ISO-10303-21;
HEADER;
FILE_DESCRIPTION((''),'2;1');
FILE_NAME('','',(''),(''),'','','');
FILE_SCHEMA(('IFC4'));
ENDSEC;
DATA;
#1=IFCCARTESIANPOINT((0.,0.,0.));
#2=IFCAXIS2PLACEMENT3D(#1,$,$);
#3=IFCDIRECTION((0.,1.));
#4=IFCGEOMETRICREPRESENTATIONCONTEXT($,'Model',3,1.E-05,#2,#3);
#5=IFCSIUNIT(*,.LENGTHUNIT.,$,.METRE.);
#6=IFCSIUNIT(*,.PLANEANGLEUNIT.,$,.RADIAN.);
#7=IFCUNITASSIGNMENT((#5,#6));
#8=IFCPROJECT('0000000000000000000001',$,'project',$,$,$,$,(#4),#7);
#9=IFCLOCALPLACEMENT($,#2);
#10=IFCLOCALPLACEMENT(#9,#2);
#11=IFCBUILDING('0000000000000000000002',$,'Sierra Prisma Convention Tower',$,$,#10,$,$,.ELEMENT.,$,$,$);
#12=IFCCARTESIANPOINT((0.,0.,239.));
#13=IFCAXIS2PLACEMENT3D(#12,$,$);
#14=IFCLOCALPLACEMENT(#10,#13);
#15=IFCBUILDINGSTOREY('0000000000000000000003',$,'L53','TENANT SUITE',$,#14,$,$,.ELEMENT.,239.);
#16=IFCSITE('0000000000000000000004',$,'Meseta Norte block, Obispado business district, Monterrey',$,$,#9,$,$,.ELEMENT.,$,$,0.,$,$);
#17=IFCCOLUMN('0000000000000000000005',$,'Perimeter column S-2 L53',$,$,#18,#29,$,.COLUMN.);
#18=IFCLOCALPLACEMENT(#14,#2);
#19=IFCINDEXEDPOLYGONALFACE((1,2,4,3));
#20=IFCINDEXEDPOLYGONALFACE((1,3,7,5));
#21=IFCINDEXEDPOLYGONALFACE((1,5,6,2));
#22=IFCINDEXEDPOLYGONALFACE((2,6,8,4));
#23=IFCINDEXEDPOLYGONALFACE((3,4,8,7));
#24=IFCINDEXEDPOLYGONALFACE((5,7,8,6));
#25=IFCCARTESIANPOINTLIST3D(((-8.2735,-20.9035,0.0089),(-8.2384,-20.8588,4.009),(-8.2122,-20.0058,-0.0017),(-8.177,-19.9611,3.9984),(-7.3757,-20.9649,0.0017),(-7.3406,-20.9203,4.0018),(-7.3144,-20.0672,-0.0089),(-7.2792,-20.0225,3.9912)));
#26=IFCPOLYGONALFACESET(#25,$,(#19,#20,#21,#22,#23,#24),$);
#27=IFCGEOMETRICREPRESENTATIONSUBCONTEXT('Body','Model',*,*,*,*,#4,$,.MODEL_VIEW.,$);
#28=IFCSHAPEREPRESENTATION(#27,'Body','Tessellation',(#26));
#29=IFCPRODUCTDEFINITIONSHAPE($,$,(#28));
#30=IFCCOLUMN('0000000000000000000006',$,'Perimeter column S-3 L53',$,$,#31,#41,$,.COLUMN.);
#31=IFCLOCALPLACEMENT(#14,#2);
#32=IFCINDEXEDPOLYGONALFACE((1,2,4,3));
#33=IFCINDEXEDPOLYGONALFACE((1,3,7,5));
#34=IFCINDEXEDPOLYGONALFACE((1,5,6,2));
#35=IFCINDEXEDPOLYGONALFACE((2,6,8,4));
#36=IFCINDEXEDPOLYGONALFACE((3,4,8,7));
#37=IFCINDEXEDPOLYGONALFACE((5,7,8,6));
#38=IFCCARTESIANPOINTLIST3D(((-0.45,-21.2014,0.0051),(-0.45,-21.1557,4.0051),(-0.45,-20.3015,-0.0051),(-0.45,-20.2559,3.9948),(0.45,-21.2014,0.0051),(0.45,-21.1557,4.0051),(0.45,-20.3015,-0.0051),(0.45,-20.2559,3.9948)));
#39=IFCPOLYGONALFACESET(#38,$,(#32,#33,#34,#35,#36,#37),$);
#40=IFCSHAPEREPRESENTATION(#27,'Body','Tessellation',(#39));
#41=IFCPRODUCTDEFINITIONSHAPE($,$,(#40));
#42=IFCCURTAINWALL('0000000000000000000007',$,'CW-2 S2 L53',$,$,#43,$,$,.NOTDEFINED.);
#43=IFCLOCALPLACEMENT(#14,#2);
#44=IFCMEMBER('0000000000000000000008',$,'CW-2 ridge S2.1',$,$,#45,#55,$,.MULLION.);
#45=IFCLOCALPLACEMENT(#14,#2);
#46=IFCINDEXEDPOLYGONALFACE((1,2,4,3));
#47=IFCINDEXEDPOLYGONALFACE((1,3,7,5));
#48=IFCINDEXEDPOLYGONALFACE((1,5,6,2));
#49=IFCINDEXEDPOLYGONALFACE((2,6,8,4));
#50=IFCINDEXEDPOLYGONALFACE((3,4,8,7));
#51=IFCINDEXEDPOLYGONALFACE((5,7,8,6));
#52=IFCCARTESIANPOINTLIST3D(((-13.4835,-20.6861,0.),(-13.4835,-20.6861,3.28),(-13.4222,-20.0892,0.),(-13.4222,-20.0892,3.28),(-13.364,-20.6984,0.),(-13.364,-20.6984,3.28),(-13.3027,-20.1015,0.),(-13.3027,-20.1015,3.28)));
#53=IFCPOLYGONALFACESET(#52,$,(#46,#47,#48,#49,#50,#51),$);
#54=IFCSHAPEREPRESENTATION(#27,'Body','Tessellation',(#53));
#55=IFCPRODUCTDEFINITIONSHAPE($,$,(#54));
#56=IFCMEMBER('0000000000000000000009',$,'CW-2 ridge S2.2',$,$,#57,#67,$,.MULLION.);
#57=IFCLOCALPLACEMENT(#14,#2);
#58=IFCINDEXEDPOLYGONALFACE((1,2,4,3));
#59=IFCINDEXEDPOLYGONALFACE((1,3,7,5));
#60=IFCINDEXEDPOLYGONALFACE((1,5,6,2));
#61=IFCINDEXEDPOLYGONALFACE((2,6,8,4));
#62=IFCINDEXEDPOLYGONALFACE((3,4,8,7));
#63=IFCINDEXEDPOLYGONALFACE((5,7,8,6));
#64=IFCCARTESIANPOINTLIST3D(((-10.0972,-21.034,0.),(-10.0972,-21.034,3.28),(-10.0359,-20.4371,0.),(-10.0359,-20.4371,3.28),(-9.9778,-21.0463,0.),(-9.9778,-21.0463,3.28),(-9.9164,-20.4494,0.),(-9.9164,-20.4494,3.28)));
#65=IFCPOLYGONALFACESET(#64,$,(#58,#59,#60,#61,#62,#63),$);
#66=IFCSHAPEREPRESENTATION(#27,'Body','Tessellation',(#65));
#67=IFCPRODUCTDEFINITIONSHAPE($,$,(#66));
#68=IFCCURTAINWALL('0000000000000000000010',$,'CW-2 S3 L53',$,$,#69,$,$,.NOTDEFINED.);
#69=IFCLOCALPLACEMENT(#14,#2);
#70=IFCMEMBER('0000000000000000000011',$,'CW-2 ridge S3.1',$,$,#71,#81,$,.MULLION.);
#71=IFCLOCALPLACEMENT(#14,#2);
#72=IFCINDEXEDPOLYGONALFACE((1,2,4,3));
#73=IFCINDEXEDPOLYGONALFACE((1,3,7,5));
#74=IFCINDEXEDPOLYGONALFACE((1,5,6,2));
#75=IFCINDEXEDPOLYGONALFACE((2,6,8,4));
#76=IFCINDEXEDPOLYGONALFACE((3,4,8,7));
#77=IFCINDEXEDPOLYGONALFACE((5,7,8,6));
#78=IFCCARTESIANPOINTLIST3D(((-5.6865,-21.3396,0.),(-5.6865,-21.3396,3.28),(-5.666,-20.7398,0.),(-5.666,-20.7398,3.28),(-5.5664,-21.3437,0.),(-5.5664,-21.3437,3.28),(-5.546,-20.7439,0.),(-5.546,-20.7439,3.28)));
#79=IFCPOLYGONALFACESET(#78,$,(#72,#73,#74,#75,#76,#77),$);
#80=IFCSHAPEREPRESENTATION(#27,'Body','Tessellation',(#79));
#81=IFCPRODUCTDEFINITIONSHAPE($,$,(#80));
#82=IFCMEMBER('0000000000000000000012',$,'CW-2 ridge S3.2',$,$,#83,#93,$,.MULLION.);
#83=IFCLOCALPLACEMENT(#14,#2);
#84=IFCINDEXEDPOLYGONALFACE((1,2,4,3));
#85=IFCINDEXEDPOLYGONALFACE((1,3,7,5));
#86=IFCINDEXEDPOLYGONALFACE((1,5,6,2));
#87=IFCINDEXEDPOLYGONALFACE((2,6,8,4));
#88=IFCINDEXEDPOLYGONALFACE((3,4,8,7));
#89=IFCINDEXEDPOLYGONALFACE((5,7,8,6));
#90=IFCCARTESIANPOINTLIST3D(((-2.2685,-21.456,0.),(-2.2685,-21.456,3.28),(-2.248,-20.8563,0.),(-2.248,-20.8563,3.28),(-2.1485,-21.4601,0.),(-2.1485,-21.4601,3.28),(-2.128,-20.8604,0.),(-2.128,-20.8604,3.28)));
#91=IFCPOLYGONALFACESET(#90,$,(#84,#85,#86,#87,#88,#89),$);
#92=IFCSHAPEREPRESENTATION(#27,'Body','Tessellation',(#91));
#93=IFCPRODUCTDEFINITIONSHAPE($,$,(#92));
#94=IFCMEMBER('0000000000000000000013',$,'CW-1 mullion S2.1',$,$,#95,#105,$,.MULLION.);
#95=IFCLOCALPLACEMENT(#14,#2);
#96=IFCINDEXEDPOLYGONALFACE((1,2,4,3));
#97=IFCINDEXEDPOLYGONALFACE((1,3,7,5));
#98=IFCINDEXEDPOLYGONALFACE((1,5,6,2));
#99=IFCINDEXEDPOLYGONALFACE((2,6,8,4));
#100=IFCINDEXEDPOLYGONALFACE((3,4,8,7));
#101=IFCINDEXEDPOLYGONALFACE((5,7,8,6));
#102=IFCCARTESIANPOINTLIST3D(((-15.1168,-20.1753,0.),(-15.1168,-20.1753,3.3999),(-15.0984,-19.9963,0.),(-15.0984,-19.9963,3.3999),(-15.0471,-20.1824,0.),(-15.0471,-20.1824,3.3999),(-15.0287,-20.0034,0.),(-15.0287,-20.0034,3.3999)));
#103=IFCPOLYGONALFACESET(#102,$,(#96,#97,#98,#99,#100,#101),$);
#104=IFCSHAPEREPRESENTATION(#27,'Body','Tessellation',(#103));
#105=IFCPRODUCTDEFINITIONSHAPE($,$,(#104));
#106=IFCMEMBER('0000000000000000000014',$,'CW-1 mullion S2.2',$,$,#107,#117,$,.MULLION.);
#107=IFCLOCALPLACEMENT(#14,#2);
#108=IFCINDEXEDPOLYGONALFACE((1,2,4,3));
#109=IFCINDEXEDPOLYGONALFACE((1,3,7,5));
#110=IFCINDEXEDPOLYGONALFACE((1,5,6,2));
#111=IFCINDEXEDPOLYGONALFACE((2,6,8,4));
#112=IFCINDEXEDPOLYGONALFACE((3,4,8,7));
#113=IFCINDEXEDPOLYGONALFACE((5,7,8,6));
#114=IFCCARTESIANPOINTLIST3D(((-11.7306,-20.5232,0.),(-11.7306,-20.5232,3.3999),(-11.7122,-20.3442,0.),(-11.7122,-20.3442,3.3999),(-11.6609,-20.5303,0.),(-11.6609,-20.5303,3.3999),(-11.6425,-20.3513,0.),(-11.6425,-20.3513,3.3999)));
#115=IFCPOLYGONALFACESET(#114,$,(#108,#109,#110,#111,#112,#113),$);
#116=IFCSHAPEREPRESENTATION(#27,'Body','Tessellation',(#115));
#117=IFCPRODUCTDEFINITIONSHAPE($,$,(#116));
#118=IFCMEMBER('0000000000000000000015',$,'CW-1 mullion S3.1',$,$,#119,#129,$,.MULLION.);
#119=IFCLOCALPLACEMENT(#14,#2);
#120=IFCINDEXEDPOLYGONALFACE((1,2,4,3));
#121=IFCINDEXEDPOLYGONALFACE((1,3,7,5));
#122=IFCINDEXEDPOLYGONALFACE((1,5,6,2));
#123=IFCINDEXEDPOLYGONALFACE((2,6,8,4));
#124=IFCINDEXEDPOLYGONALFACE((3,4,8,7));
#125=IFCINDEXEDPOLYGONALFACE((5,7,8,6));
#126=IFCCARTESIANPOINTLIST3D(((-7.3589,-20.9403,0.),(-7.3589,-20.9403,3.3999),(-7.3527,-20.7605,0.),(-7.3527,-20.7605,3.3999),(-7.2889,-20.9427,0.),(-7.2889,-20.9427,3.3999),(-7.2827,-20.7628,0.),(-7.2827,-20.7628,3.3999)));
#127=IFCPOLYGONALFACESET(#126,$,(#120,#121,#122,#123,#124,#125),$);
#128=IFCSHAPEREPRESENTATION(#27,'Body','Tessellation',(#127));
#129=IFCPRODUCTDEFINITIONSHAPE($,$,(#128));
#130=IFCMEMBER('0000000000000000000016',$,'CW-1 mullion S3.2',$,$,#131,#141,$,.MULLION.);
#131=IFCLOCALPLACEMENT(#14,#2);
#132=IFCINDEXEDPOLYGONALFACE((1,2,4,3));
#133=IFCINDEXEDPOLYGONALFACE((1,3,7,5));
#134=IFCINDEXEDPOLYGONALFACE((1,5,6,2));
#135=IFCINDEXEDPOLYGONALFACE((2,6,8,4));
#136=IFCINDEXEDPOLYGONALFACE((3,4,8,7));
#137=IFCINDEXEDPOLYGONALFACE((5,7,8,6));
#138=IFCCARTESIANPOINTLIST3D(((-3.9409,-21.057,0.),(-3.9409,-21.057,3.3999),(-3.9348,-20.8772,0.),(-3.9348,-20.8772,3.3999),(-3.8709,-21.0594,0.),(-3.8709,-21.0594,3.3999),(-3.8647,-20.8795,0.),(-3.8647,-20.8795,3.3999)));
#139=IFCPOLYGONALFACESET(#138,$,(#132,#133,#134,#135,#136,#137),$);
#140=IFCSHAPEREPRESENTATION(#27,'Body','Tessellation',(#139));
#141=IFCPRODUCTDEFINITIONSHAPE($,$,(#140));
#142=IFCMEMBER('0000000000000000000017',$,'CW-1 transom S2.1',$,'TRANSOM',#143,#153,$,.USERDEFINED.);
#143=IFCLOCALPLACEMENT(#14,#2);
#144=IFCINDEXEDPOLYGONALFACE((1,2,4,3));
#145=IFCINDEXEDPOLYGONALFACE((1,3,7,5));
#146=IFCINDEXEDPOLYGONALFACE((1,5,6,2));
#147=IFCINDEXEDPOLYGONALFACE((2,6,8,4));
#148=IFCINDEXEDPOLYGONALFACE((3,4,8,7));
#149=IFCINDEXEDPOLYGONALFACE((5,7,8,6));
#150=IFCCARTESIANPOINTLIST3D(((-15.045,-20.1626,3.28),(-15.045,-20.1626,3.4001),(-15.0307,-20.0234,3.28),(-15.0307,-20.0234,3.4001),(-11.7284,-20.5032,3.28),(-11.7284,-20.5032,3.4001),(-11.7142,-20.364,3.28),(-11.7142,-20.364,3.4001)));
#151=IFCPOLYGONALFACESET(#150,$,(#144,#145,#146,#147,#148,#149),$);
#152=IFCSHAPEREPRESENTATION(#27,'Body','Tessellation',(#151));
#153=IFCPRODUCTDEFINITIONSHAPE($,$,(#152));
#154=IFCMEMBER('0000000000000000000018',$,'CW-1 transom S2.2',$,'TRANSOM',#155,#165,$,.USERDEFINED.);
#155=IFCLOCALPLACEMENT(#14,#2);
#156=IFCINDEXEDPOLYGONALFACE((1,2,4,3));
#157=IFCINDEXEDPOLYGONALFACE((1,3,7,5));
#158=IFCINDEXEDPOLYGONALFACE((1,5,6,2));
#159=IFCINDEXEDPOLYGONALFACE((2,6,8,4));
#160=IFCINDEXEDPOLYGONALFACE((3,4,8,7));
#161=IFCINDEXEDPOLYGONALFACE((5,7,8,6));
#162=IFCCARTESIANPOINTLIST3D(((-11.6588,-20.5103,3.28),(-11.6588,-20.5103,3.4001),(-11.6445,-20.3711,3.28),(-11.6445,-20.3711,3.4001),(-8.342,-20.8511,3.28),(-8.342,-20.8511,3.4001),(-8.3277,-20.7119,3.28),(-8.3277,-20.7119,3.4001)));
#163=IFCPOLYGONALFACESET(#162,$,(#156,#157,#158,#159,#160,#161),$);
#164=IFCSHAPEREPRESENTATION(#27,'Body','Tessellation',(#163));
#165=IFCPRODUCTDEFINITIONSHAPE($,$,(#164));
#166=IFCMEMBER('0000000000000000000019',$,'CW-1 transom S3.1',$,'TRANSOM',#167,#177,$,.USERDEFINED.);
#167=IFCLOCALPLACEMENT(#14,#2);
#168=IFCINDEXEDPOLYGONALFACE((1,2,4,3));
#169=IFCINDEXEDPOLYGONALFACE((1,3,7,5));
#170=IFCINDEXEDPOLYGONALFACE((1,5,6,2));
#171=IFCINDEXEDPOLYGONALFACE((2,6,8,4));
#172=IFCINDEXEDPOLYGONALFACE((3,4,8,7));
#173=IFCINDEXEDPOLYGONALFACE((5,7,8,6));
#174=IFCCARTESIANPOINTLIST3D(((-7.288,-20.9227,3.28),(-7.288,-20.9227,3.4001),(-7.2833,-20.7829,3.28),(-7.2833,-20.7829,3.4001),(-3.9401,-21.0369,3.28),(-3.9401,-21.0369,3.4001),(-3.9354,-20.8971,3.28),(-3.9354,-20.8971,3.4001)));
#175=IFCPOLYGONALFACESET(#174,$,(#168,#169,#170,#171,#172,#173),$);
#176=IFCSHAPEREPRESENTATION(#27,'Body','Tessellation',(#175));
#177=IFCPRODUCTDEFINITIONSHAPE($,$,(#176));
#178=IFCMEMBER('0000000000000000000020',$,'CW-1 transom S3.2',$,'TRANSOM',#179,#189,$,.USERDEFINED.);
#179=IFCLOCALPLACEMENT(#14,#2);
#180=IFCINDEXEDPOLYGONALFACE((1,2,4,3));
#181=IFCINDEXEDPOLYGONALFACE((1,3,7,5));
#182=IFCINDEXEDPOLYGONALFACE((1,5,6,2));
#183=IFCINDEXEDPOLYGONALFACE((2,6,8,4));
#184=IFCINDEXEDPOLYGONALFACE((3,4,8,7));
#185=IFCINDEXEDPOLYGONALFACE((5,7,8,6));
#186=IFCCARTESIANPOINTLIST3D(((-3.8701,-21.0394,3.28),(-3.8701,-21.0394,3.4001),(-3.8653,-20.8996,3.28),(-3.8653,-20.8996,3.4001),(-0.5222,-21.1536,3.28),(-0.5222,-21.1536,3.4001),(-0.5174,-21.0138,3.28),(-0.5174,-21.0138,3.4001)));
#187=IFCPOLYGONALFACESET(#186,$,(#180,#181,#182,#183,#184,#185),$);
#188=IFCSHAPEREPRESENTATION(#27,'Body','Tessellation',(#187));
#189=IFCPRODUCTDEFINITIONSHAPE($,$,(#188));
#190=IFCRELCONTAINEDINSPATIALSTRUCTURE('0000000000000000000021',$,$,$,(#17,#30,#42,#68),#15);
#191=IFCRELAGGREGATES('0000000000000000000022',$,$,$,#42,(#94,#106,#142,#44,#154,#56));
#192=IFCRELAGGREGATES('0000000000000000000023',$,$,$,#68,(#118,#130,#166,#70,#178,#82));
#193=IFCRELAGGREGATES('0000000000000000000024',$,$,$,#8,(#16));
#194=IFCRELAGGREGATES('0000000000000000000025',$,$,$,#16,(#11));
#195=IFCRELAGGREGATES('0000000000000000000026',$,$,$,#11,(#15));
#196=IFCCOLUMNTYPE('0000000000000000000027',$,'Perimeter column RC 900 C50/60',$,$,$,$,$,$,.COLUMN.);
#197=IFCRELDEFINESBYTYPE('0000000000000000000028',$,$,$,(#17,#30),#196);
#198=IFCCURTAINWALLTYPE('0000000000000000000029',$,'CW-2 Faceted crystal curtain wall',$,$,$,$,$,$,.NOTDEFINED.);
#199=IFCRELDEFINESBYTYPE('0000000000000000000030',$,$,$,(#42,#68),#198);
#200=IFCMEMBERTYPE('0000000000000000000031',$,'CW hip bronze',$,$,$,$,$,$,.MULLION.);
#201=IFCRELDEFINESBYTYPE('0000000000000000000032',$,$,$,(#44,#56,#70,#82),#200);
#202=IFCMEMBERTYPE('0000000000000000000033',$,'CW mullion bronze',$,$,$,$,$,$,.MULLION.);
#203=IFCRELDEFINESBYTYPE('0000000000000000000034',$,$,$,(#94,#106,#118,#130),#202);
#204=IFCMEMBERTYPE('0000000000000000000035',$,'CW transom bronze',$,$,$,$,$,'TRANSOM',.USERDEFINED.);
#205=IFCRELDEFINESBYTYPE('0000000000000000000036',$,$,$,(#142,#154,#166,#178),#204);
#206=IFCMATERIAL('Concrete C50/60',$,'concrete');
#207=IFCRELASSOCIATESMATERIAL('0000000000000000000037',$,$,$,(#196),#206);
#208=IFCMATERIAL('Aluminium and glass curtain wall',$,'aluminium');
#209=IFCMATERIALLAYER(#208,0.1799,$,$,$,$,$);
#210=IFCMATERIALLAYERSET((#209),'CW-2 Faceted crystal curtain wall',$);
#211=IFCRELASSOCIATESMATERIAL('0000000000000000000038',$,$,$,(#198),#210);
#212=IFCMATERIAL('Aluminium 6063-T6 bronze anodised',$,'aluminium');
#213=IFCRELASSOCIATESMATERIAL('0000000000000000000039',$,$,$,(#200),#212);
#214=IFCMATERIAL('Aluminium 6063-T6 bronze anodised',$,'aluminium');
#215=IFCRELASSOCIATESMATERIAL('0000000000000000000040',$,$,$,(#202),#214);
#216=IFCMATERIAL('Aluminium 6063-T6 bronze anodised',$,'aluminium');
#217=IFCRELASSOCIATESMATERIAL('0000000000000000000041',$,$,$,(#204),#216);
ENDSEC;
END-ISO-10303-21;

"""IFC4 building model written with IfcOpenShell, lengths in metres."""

from ifc_helpers import new_model, si_unit, direction, frame, origin, origin_2d, place, context, subcontext, project, spatial, rectangle, extrude, material, layer, layer_set, material_profile, profile_set, type_object, element, aggregate, save


model = new_model("IFC4")

# Units and contexts
model_context = context("Model", 3, precision=1e-05, world=origin(), true_north=direction((0.0, 1.0)))
body_context = subcontext(model_context, "Body", "Model", "MODEL_VIEW")
ifc_project = project(units=[si_unit("LENGTHUNIT", "METRE"), si_unit("PLANEANGLEUNIT", "RADIAN")], contexts=[model_context])

# Site, building, storey
site_placement = place(None, origin())
site = spatial("IfcSite", under=ifc_project, at=site_placement, Name="Meseta Norte block, Obispado business district, Monterrey", CompositionType="ELEMENT", RefElevation=0.0)
building_placement = place(site_placement, origin())
building = spatial("IfcBuilding", under=site, at=building_placement, Name="Sierra Prisma Convention Tower", CompositionType="ELEMENT")
storey_placement = place(building_placement, frame((0.0, 0.0, 239.0)))
storey = spatial("IfcBuildingStorey", under=building, at=storey_placement, Name="L53", Description="TENANT SUITE", CompositionType="ELEMENT", Elevation=239.0)

# Columns
ifc_material_1 = material(Name="Concrete C50/60", Category="concrete")
ifc_material_profile_1 = material_profile(ifc_material_1, rectangle(XDim=0.8999, YDim=0.8999, at=origin_2d()), Name="Perimeter column RC 900 C50/60")
ifc_profile_set_1 = profile_set([ifc_material_profile_1], Name="Concrete C50/60")
column_type = type_object("IfcColumnType", Name="Perimeter column RC 900 C50/60", PredefinedType="COLUMN", material=ifc_profile_set_1)
column_1_placement = place(storey_placement, frame((-7.7939, -20.4854, 0.0), z_axis=(0.008788, 0.011168, 0.999899), x_axis=(-0.997634, 0.06828, 0.008006)))
element("IfcColumn", 1, at=column_1_placement, inside=storey, type_object=column_type, Name="Perimeter column S-2 L53", PredefinedType="COLUMN", context=body_context, shape_type="SweptSolid", body=[
    extrude(rectangle(XDim=0.8999, YDim=0.8999, at=origin_2d()), origin(), (0.0, 0.0, 1.0), 4.0005),
])
column_2_placement = place(storey_placement, frame((0.0, -20.7515, 0.0), z_axis=(0.0, 0.011413, 0.999935), x_axis=(1.0, 0.0, 0.0)))
element("IfcColumn", 2, at=column_2_placement, inside=storey, type_object=column_type, Name="Perimeter column S-3 L53", PredefinedType="COLUMN", context=body_context, shape_type="SweptSolid", body=[
    extrude(rectangle(XDim=0.8999, YDim=0.8999, at=origin_2d()), origin(), (0.0, 0.0, 1.0), 4.0002),
])

# Curtain walls, members
ifc_material_2 = material(Name="Aluminium and glass curtain wall", Category="aluminium")
ifc_layer_1 = layer(ifc_material_2, 0.1799)
ifc_layer_set_1 = layer_set([ifc_layer_1], Name="CW-2 Faceted crystal curtain wall")
curtain_wall_type = type_object("IfcCurtainWallType", Name="CW-2 Faceted crystal curtain wall", PredefinedType="NOTDEFINED", material=ifc_layer_set_1)
curtain_wall_1_placement = place(storey_placement, origin())
curtain_wall_1 = element("IfcCurtainWall", 3, at=curtain_wall_1_placement, inside=storey, type_object=curtain_wall_type, Name="CW-2 S2 L53", PredefinedType="NOTDEFINED")
ifc_material_3 = material(Name="Aluminium 6063-T6 bronze anodised", Category="aluminium")
ifc_material_profile_2 = material_profile(ifc_material_3, rectangle(XDim=0.1201, YDim=0.6001, at=origin_2d()), Name="ALU RIDGE BLADE 120x600")
ifc_profile_set_2 = profile_set([ifc_material_profile_2], Name="Aluminium 6063-T6 bronze anodised")
member_type_1 = type_object("IfcMemberType", Name="CW hip bronze", PredefinedType="MULLION", material=ifc_profile_set_2)
member_1_placement = place(storey_placement, frame((-13.3931, -20.3938, 0.0), z_axis=(0.0, 0.0, 1.0), x_axis=(0.994766, -0.102181, 0.0)))
member_1 = element("IfcMember", 4, at=member_1_placement, type_object=member_type_1, Name="CW-2 ridge S2.1", PredefinedType="MULLION", context=body_context, shape_type="SweptSolid", body=[
    extrude(rectangle(XDim=0.1201, YDim=0.6001, at=origin_2d()), origin(), (0.0, 0.0, 1.0), 3.28),
])
member_2_placement = place(storey_placement, frame((-10.0068, -20.7417, 0.0), z_axis=(0.0, 0.0, 1.0), x_axis=(0.994766, -0.102181, 0.0)))
member_2 = element("IfcMember", 5, at=member_2_placement, type_object=member_type_1, Name="CW-2 ridge S2.2", PredefinedType="MULLION", context=body_context, shape_type="SweptSolid", body=[
    extrude(rectangle(XDim=0.1201, YDim=0.6001, at=origin_2d()), origin(), (0.0, 0.0, 1.0), 3.28),
])
curtain_wall_2_placement = place(storey_placement, origin())
curtain_wall_2 = element("IfcCurtainWall", 6, at=curtain_wall_2_placement, inside=storey, type_object=curtain_wall_type, Name="CW-2 S3 L53", PredefinedType="NOTDEFINED")
member_3_placement = place(storey_placement, frame((-5.6162, -21.0417, 0.0), z_axis=(0.0, 0.0, 1.0), x_axis=(0.999418, -0.034113, 0.0)))
member_3 = element("IfcMember", 7, at=member_3_placement, type_object=member_type_1, Name="CW-2 ridge S3.1", PredefinedType="MULLION", context=body_context, shape_type="SweptSolid", body=[
    extrude(rectangle(XDim=0.1201, YDim=0.6001, at=origin_2d()), origin(), (0.0, 0.0, 1.0), 3.28),
])
member_4_placement = place(storey_placement, frame((-2.1982, -21.1582, 0.0), z_axis=(0.0, 0.0, 1.0), x_axis=(0.999418, -0.034113, 0.0)))
member_4 = element("IfcMember", 8, at=member_4_placement, type_object=member_type_1, Name="CW-2 ridge S3.2", PredefinedType="MULLION", context=body_context, shape_type="SweptSolid", body=[
    extrude(rectangle(XDim=0.1201, YDim=0.6001, at=origin_2d()), origin(), (0.0, 0.0, 1.0), 3.28),
])

# Members
ifc_material_4 = material(Name="Aluminium 6063-T6 bronze anodised", Category="aluminium")
ifc_material_profile_3 = material_profile(ifc_material_4, rectangle(XDim=0.1799, YDim=0.0701, at=origin_2d()), Name="ALU MULLION 70x180")
ifc_profile_set_3 = profile_set([ifc_material_profile_3], Name="Aluminium 6063-T6 bronze anodised")
member_type_2 = type_object("IfcMemberType", Name="CW mullion bronze", PredefinedType="MULLION", material=ifc_profile_set_3)
member_5_placement = place(storey_placement, frame((-15.0728, -20.0894, 0.0), z_axis=(0.0, 0.0, 1.0), x_axis=(0.102181, 0.994766, 0.0)))
member_5 = element("IfcMember", 9, at=member_5_placement, type_object=member_type_2, Name="CW-1 mullion S2.1", PredefinedType="MULLION", context=body_context, shape_type="SweptSolid", body=[
    extrude(rectangle(XDim=0.1799, YDim=0.0701, at=origin_2d()), origin(), (0.0, 0.0, 1.0), 3.3999),
])
member_6_placement = place(storey_placement, frame((-11.6865, -20.4373, 0.0), z_axis=(0.0, 0.0, 1.0), x_axis=(0.102181, 0.994766, 0.0)))
member_6 = element("IfcMember", 10, at=member_6_placement, type_object=member_type_2, Name="CW-1 mullion S2.2", PredefinedType="MULLION", context=body_context, shape_type="SweptSolid", body=[
    extrude(rectangle(XDim=0.1799, YDim=0.0701, at=origin_2d()), origin(), (0.0, 0.0, 1.0), 3.3999),
])
member_7_placement = place(storey_placement, frame((-7.3208, -20.8516, 0.0), z_axis=(0.0, 0.0, 1.0), x_axis=(0.034113, 0.999418, 0.0)))
member_7 = element("IfcMember", 11, at=member_7_placement, type_object=member_type_2, Name="CW-1 mullion S3.1", PredefinedType="MULLION", context=body_context, shape_type="SweptSolid", body=[
    extrude(rectangle(XDim=0.1799, YDim=0.0701, at=origin_2d()), origin(), (0.0, 0.0, 1.0), 3.3999),
])
member_8_placement = place(storey_placement, frame((-3.9028, -20.9683, 0.0), z_axis=(0.0, 0.0, 1.0), x_axis=(0.034113, 0.999418, 0.0)))
member_8 = element("IfcMember", 12, at=member_8_placement, type_object=member_type_2, Name="CW-1 mullion S3.2", PredefinedType="MULLION", context=body_context, shape_type="SweptSolid", body=[
    extrude(rectangle(XDim=0.1799, YDim=0.0701, at=origin_2d()), origin(), (0.0, 0.0, 1.0), 3.3999),
])
ifc_material_5 = material(Name="Aluminium 6063-T6 bronze anodised", Category="aluminium")
ifc_material_profile_4 = material_profile(ifc_material_5, rectangle(XDim=0.1399, YDim=0.1201, at=origin_2d()), Name="ALU TRANSOM 120x140")
ifc_profile_set_4 = profile_set([ifc_material_profile_4], Name="Aluminium 6063-T6 bronze anodised")
member_type_3 = type_object("IfcMemberType", Name="CW transom bronze", ElementType="TRANSOM", PredefinedType="USERDEFINED", material=ifc_profile_set_4)
member_9_placement = place(storey_placement, frame((-15.0378, -20.093, 3.3401), z_axis=(0.994769, -0.10215, 0.0), x_axis=(0.10215, 0.994769, 0.0)))
member_9 = element("IfcMember", 13, at=member_9_placement, type_object=member_type_3, Name="CW-1 transom S2.1", ObjectType="TRANSOM", PredefinedType="USERDEFINED", context=body_context, shape_type="SweptSolid", body=[
    extrude(rectangle(XDim=0.1399, YDim=0.1201, at=origin_2d()), origin(), (0.0, 0.0, 1.0), 3.334),
])
member_10_placement = place(storey_placement, frame((-11.6516, -20.4407, 3.3401), z_axis=(0.994762, -0.102222, 0.0), x_axis=(0.102222, 0.994762, 0.0)))
member_10 = element("IfcMember", 14, at=member_10_placement, type_object=member_type_3, Name="CW-1 transom S2.2", ObjectType="TRANSOM", PredefinedType="USERDEFINED", context=body_context, shape_type="SweptSolid", body=[
    extrude(rectangle(XDim=0.1399, YDim=0.1201, at=origin_2d()), origin(), (0.0, 0.0, 1.0), 3.3342),
])
member_11_placement = place(storey_placement, frame((-7.2856, -20.8528, 3.3401), z_axis=(0.999418, -0.034108, 0.0), x_axis=(0.034108, 0.999418, 0.0)))
member_11 = element("IfcMember", 15, at=member_11_placement, type_object=member_type_3, Name="CW-1 transom S3.1", ObjectType="TRANSOM", PredefinedType="USERDEFINED", context=body_context, shape_type="SweptSolid", body=[
    extrude(rectangle(XDim=0.1399, YDim=0.1201, at=origin_2d()), origin(), (0.0, 0.0, 1.0), 3.3499),
])
member_12_placement = place(storey_placement, frame((-3.8677, -20.9695, 3.3401), z_axis=(0.999418, -0.034108, 0.0), x_axis=(0.034108, 0.999418, 0.0)))
member_12 = element("IfcMember", 16, at=member_12_placement, type_object=member_type_3, Name="CW-1 transom S3.2", ObjectType="TRANSOM", PredefinedType="USERDEFINED", context=body_context, shape_type="SweptSolid", body=[
    extrude(rectangle(XDim=0.1399, YDim=0.1201, at=origin_2d()), origin(), (0.0, 0.0, 1.0), 3.3499),
])

aggregate(curtain_wall_1, [member_5, member_6, member_9, member_1, member_10, member_2])
aggregate(curtain_wall_2, [member_7, member_8, member_11, member_3, member_12, member_4])

save(model, "model.ifc")
